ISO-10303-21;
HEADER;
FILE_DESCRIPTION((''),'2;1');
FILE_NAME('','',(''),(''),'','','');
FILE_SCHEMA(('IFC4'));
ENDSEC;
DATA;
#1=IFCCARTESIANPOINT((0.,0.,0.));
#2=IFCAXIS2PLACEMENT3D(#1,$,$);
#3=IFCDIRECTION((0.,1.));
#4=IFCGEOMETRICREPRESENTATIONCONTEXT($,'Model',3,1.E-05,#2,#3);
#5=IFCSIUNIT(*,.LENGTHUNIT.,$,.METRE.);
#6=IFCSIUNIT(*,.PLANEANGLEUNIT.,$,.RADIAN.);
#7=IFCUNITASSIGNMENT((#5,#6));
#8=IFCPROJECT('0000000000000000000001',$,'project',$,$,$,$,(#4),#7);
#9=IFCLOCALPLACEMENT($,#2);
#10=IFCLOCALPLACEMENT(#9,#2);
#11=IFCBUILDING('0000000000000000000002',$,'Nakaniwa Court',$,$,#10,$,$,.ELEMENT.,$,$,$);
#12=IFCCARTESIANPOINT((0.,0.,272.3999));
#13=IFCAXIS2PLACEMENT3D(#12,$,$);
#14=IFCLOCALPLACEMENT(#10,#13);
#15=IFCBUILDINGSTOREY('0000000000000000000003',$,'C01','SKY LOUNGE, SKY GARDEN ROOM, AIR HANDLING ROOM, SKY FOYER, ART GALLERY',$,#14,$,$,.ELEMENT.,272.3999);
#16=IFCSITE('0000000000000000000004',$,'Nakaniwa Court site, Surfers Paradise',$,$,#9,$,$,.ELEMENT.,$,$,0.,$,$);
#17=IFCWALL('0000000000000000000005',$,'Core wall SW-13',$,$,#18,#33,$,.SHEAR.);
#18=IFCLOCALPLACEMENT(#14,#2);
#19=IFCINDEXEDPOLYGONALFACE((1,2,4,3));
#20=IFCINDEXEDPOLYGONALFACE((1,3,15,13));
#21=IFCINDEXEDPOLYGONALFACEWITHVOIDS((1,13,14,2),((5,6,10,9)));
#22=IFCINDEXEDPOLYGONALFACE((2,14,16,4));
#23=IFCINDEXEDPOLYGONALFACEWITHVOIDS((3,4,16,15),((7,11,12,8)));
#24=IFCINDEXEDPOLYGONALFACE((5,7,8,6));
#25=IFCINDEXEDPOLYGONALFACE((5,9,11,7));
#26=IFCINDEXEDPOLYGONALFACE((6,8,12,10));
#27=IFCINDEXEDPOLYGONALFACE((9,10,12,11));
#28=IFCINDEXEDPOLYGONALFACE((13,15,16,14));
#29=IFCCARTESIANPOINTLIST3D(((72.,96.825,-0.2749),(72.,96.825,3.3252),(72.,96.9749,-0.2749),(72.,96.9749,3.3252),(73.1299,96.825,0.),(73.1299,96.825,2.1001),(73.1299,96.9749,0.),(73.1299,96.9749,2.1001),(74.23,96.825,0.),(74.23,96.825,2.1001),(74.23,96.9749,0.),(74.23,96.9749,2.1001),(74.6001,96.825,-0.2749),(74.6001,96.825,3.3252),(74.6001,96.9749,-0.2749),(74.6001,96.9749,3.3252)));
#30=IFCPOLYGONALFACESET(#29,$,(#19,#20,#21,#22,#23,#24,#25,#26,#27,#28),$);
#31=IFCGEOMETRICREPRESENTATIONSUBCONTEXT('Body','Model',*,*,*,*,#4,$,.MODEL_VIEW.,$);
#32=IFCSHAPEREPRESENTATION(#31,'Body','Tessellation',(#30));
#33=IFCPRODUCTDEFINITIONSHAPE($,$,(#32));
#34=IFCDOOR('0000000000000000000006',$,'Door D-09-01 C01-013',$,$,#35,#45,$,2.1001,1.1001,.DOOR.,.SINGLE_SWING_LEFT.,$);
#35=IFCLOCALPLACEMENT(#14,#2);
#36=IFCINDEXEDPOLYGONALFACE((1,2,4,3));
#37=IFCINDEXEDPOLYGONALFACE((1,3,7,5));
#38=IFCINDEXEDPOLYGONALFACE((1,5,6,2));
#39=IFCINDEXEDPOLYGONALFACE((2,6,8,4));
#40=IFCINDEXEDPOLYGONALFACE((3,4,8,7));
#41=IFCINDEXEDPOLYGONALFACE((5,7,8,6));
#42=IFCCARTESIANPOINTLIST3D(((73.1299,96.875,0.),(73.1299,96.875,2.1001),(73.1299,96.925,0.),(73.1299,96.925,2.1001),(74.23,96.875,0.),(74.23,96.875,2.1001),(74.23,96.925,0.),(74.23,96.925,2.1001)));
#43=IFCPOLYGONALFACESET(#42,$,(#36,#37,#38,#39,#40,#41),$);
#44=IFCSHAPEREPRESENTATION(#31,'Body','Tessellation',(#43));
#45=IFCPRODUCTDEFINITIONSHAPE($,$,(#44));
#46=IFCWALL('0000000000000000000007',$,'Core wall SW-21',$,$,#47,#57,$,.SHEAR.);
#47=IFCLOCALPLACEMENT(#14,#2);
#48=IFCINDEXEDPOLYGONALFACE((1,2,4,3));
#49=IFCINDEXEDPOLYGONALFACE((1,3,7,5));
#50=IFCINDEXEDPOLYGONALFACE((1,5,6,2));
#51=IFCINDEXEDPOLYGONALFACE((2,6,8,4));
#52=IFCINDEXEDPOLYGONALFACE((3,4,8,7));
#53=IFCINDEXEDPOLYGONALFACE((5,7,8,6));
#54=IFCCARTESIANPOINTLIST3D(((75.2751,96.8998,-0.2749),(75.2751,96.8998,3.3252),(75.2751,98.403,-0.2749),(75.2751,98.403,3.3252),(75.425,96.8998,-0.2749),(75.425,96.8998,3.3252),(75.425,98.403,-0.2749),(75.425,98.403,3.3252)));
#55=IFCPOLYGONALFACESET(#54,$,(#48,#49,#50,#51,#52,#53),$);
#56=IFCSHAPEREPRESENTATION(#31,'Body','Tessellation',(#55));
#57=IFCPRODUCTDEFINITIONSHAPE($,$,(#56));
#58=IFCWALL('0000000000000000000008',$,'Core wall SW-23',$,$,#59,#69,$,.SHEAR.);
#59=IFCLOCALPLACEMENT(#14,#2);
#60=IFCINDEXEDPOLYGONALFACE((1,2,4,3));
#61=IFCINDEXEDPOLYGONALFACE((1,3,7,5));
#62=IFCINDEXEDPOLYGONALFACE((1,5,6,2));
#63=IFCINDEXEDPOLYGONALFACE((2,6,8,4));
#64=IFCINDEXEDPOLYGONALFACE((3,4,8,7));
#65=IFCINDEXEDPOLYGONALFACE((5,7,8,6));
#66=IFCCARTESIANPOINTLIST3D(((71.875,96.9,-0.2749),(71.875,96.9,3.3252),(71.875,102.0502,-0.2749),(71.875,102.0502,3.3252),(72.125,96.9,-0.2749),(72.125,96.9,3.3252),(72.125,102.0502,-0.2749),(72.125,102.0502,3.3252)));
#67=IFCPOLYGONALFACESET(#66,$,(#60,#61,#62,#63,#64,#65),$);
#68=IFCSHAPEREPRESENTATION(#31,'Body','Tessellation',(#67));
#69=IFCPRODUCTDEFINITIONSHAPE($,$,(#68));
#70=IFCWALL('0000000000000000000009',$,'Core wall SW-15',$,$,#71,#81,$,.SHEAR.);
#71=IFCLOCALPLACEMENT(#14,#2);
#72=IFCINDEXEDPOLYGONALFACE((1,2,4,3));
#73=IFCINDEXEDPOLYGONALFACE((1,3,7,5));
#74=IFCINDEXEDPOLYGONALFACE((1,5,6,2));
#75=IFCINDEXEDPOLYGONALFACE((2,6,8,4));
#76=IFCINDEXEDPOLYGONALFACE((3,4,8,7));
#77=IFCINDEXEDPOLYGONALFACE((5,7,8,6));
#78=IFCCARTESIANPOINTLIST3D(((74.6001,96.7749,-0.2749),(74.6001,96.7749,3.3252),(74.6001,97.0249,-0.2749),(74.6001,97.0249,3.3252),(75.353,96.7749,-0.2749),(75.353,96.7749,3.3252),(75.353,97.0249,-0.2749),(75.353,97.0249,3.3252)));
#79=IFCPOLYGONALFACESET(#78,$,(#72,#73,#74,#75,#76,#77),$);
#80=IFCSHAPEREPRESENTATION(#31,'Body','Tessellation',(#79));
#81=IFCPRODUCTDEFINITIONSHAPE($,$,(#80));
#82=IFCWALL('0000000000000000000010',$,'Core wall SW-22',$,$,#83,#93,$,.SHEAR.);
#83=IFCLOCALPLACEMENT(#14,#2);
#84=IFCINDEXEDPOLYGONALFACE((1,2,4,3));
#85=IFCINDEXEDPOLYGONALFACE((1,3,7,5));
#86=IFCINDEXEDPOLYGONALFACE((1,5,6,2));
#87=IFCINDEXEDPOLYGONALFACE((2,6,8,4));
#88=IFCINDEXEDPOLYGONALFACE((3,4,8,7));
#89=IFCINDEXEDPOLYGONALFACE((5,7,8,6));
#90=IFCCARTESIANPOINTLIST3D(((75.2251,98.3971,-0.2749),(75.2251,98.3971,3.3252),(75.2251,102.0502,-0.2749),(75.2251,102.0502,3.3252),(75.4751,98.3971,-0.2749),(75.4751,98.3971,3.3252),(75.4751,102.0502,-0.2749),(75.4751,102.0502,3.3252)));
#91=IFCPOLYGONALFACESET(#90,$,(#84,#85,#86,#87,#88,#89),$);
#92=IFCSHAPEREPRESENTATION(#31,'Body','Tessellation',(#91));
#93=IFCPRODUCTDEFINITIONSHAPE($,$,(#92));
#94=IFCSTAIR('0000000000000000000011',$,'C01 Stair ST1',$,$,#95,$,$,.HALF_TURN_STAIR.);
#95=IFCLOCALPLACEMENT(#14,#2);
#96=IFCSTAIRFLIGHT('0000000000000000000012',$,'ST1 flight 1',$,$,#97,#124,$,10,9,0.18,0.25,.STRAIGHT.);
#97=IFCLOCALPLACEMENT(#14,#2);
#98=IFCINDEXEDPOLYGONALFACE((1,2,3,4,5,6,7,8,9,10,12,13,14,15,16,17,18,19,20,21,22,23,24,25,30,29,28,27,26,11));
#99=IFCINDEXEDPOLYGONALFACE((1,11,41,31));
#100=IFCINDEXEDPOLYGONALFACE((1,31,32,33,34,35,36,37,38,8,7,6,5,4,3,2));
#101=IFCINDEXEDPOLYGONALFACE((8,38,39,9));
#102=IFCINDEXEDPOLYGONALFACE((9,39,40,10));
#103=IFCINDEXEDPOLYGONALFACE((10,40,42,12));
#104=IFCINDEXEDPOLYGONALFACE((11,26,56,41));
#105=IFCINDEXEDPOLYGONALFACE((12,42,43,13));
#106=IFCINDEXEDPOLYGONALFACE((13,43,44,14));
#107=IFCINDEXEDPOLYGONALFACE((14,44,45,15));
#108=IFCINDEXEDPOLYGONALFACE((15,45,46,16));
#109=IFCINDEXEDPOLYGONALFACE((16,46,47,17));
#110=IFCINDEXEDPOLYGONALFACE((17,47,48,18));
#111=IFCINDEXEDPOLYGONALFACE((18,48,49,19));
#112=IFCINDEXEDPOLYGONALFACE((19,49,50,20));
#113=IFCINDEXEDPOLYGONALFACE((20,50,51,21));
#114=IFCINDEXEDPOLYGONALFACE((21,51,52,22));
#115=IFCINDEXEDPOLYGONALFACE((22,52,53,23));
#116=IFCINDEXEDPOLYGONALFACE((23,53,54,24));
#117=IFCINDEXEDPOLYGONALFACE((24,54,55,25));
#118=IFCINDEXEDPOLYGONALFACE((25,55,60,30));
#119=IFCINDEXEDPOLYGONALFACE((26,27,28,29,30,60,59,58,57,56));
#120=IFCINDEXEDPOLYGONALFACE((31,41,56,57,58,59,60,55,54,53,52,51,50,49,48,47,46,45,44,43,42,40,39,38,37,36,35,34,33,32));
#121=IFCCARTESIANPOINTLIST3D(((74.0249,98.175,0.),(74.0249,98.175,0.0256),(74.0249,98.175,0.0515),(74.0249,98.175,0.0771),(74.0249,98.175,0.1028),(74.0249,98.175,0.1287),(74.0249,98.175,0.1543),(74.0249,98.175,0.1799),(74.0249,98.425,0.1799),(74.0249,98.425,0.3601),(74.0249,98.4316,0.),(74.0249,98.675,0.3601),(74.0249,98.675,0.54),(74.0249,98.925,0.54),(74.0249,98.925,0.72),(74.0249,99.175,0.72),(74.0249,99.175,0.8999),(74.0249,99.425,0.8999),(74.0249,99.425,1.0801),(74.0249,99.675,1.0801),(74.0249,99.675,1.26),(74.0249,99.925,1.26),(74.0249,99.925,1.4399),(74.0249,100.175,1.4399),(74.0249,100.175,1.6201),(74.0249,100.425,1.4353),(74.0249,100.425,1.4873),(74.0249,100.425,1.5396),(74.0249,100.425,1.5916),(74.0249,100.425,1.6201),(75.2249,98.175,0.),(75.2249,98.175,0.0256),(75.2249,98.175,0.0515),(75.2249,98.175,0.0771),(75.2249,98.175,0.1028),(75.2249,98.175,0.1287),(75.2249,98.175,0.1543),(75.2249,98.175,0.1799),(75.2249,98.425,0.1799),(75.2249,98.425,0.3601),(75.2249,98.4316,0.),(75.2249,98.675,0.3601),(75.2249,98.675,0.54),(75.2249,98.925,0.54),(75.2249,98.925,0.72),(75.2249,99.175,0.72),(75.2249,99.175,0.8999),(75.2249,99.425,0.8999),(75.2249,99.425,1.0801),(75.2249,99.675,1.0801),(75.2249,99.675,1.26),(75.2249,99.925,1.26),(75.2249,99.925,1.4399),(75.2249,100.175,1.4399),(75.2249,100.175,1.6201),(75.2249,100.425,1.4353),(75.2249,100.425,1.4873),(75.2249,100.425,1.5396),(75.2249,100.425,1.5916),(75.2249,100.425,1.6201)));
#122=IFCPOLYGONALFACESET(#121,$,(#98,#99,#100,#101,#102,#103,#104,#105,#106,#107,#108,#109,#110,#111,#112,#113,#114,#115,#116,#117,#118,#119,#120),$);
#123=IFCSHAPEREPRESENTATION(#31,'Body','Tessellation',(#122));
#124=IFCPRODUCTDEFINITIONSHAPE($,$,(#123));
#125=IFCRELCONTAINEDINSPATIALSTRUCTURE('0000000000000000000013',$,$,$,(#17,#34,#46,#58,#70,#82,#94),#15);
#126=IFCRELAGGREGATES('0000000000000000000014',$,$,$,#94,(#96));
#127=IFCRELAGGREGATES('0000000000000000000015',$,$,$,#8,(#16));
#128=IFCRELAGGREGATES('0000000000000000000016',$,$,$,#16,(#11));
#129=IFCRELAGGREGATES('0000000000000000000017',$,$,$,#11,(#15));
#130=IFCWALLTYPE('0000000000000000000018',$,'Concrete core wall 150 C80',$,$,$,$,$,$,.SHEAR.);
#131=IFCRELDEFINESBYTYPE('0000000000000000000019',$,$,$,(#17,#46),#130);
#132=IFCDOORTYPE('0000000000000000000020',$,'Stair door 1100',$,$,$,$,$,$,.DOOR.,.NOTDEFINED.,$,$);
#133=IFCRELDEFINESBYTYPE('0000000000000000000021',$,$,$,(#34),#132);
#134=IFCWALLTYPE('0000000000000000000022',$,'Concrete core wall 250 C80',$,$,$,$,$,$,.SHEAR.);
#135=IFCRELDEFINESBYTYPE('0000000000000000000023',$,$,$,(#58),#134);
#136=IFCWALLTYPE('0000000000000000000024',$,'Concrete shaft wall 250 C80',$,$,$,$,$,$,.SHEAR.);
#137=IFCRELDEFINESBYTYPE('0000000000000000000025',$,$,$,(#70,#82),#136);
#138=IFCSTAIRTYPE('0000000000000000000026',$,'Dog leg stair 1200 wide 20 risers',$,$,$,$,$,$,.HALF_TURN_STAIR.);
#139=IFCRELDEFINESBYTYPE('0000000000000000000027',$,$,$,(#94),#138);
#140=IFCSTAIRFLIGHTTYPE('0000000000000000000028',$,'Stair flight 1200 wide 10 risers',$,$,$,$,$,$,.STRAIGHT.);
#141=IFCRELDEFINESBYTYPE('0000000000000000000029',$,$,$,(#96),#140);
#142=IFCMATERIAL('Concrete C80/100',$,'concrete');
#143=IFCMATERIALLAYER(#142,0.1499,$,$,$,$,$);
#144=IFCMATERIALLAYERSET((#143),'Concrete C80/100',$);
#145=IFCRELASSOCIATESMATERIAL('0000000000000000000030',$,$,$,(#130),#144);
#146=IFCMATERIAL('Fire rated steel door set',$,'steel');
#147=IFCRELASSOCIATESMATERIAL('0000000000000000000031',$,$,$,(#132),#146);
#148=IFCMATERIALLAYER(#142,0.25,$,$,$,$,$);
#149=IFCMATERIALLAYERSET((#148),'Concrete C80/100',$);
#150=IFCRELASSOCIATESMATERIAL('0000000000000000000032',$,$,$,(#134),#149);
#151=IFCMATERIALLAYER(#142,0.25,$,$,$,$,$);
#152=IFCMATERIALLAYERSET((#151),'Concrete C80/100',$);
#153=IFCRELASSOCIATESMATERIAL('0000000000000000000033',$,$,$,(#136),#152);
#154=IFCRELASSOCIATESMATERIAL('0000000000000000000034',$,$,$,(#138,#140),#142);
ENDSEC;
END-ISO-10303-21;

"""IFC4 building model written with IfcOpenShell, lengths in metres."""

from ifc_helpers import new_model, si_unit, direction, frame, frame_2d, origin, place, context, subcontext, project, spatial, polyline, rectangle, outline, extrude, material, layer, layer_set, type_object, element, fill, aggregate, save


model = new_model("IFC4")

# Units and contexts
model_context = context("Model", 3, precision=1e-05, world=origin(), true_north=direction((0.0, 1.0)))
body_context = subcontext(model_context, "Body", "Model", "MODEL_VIEW")
ifc_project = project(units=[si_unit("LENGTHUNIT", "METRE"), si_unit("PLANEANGLEUNIT", "RADIAN")], contexts=[model_context])

# Site, building, storey
site_placement = place(None, origin())
site = spatial("IfcSite", under=ifc_project, at=site_placement, Name="Nakaniwa Court site, Surfers Paradise", CompositionType="ELEMENT", RefElevation=0.0)
building_placement = place(site_placement, origin())
building = spatial("IfcBuilding", under=site, at=building_placement, Name="Nakaniwa Court", CompositionType="ELEMENT")
storey_placement = place(building_placement, frame((0.0, 0.0, 272.3999)))
storey = spatial("IfcBuildingStorey", under=building, at=storey_placement, Name="C01", Description="SKY LOUNGE, SKY GARDEN ROOM, AIR HANDLING ROOM, SKY FOYER, ART GALLERY", CompositionType="ELEMENT", Elevation=272.3999)

# Shared definitions
ifc_material_1 = material(Name="Concrete C80/100", Category="concrete")

# Shared definitions
ifc_material_2 = material(Name="Fire rated steel door set", Category="steel")

# Wall, opening, door
ifc_layer_1 = layer(ifc_material_1, 0.1499)
ifc_layer_set_1 = layer_set([ifc_layer_1], Name="Concrete C80/100")
wall_type_1 = type_object("IfcWallType", Name="Concrete core wall 150 C80", PredefinedType="SHEAR", material=ifc_layer_set_1)
wall_1_placement = place(storey_placement, frame((74.6001, 96.8999, -0.2749), z_axis=(0.0, 0.0, 1.0), x_axis=(-1.0, 0.0, 0.0)))
wall_1 = element("IfcWall", 1, at=wall_1_placement, inside=storey, type_object=wall_type_1, Name="Core wall SW-13", PredefinedType="SHEAR", context=body_context, shape_type="SweptSolid", body=[
    extrude(rectangle(XDim=2.6001, YDim=0.1499, at=frame_2d((1.3, 0.0))), origin(), (0.0, 0.0, 1.0), 3.6001),
])
opening_1_placement = place(wall_1_placement, frame((0.3701, 0.0, 0.2749)))
opening_1 = element("IfcOpeningElement", 2, at=opening_1_placement, cuts=wall_1, PredefinedType="OPENING", context=body_context, shape_type="SweptSolid", body=[
    extrude(rectangle(XDim=1.1001, YDim=2.1001, at=frame_2d((0.55, 1.05))), frame((0.0, 0.085, 0.0), z_axis=(0.0, -1.0, 0.0), x_axis=(1.0, 0.0, 0.0)), (0.0, 0.0, 1.0), 0.1699),
])
door_type_1 = type_object("IfcDoorType", Name="Stair door 1100", OperationType="NOTDEFINED", PredefinedType="DOOR", material=ifc_material_2)
door_1_placement = place(opening_1_placement, origin())
door_1 = element("IfcDoor", 3, at=door_1_placement, inside=storey, type_object=door_type_1, Name="Door D-09-01 C01-013", OperationType="SINGLE_SWING_LEFT", OverallHeight=2.1001, OverallWidth=1.1001, PredefinedType="DOOR", context=body_context, shape_type="SweptSolid", body=[
    extrude(rectangle(XDim=1.1001, YDim=2.1001, at=frame_2d((0.55, 1.05))), frame((0.0, 0.0249, 0.0), z_axis=(0.0, -1.0, 0.0), x_axis=(1.0, 0.0, 0.0)), (0.0, 0.0, 1.0), 0.05),
])
fill(opening_1, door_1)

# Walls
wall_2_placement = place(storey_placement, frame((75.3501, 96.8999, -0.2749), z_axis=(0.0, 0.0, 1.0), x_axis=(0.0, 1.0, 0.0)))
element("IfcWall", 4, at=wall_2_placement, inside=storey, type_object=wall_type_1, Name="Core wall SW-21", PredefinedType="SHEAR", context=body_context, shape_type="SweptSolid", body=[
    extrude(rectangle(XDim=1.5032, YDim=0.1499, at=frame_2d((0.7515, 0.0))), origin(), (0.0, 0.0, 1.0), 3.6001),
])
ifc_layer_2 = layer(ifc_material_1, 0.25)
ifc_layer_set_2 = layer_set([ifc_layer_2], Name="Concrete C80/100")
wall_type_2 = type_object("IfcWallType", Name="Concrete core wall 250 C80", PredefinedType="SHEAR", material=ifc_layer_set_2)
wall_3_placement = place(storey_placement, frame((72.0, 96.8999, -0.2749), z_axis=(0.0, 0.0, 1.0), x_axis=(0.0, 1.0, 0.0)))
element("IfcWall", 5, at=wall_3_placement, inside=storey, type_object=wall_type_2, Name="Core wall SW-23", PredefinedType="SHEAR", context=body_context, shape_type="SweptSolid", body=[
    extrude(rectangle(XDim=5.1501, YDim=0.25, at=frame_2d((2.5752, 0.0))), origin(), (0.0, 0.0, 1.0), 3.6001),
])
ifc_layer_3 = layer(ifc_material_1, 0.25)
ifc_layer_set_3 = layer_set([ifc_layer_3], Name="Concrete C80/100")
wall_type_3 = type_object("IfcWallType", Name="Concrete shaft wall 250 C80", PredefinedType="SHEAR", material=ifc_layer_set_3)
wall_4_placement = place(storey_placement, frame((74.6001, 96.8999, -0.2749), z_axis=(0.0, 0.0, 1.0), x_axis=(1.0, 0.0, 0.0)))
element("IfcWall", 6, at=wall_4_placement, inside=storey, type_object=wall_type_3, Name="Core wall SW-15", PredefinedType="SHEAR", context=body_context, shape_type="SweptSolid", body=[
    extrude(rectangle(XDim=0.7529, YDim=0.25, at=frame_2d((0.3765, 0.0))), origin(), (0.0, 0.0, 1.0), 3.6001),
])
wall_5_placement = place(storey_placement, frame((75.3501, 98.397, -0.2749), z_axis=(0.0, 0.0, 1.0), x_axis=(0.0, 1.0, 0.0)))
element("IfcWall", 7, at=wall_5_placement, inside=storey, type_object=wall_type_3, Name="Core wall SW-22", PredefinedType="SHEAR", context=body_context, shape_type="SweptSolid", body=[
    extrude(rectangle(XDim=3.6531, YDim=0.25, at=frame_2d((1.8267, 0.0))), origin(), (0.0, 0.0, 1.0), 3.6001),
])

# Stair, stair flight
stair_type = type_object("IfcStairType", Name="Dog leg stair 1200 wide 20 risers", PredefinedType="HALF_TURN_STAIR", material=ifc_material_1)
stair_placement = place(storey_placement, origin())
stair = element("IfcStair", 8, at=stair_placement, inside=storey, type_object=stair_type, Name="C01 Stair ST1", PredefinedType="HALF_TURN_STAIR")
stair_flight_type = type_object("IfcStairFlightType", Name="Stair flight 1200 wide 10 risers", PredefinedType="STRAIGHT", material=ifc_material_1)
stair_flight_placement = place(storey_placement, frame((74.625, 98.175, 0.0), z_axis=(0.0, 0.0, 1.0), x_axis=(0.0, 1.0, 0.0)))
stair_flight = element("IfcStairFlight", 9, at=stair_flight_placement, type_object=stair_flight_type, Name="ST1 flight 1", NumberOfRisers=10, NumberOfTreads=9, PredefinedType="STRAIGHT", RiserHeight=0.18, TreadLength=0.25, context=body_context, shape_type="SweptSolid", body=[
    extrude(outline(polyline([(0.0, 0.0), (0.0, 0.0256), (0.0, 0.0515), (0.0, 0.0771), (0.0, 0.1028), (0.0, 0.1287), (0.0, 0.1543), (0.0, 0.1799), (0.25, 0.1799), (0.25, 0.3601), (0.5, 0.3601), (0.5, 0.54), (0.75, 0.54), (0.75, 0.72), (1.0, 0.72), (1.0, 0.8999), (1.25, 0.8999), (1.25, 1.0801), (1.5, 1.0801), (1.5, 1.26), (1.75, 1.26), (1.75, 1.4399), (2.0, 1.4399), (2.0, 1.6201), (2.25, 1.6201), (2.25, 1.8), (2.25, 1.7478), (2.25, 1.6958), (2.25, 1.6438), (2.25, 1.5916), (2.25, 1.5396), (2.25, 1.4873), (2.25, 1.4353), (0.2566, 0.0), (0.0, 0.0)])), frame((0.0, 0.6001, 0.0), z_axis=(0.0, -1.0, 0.0), x_axis=(1.0, 0.0, 0.0)), (0.0, 0.0, 1.0), 1.2),
])
aggregate(stair, [stair_flight])

save(model, "model.ifc")
